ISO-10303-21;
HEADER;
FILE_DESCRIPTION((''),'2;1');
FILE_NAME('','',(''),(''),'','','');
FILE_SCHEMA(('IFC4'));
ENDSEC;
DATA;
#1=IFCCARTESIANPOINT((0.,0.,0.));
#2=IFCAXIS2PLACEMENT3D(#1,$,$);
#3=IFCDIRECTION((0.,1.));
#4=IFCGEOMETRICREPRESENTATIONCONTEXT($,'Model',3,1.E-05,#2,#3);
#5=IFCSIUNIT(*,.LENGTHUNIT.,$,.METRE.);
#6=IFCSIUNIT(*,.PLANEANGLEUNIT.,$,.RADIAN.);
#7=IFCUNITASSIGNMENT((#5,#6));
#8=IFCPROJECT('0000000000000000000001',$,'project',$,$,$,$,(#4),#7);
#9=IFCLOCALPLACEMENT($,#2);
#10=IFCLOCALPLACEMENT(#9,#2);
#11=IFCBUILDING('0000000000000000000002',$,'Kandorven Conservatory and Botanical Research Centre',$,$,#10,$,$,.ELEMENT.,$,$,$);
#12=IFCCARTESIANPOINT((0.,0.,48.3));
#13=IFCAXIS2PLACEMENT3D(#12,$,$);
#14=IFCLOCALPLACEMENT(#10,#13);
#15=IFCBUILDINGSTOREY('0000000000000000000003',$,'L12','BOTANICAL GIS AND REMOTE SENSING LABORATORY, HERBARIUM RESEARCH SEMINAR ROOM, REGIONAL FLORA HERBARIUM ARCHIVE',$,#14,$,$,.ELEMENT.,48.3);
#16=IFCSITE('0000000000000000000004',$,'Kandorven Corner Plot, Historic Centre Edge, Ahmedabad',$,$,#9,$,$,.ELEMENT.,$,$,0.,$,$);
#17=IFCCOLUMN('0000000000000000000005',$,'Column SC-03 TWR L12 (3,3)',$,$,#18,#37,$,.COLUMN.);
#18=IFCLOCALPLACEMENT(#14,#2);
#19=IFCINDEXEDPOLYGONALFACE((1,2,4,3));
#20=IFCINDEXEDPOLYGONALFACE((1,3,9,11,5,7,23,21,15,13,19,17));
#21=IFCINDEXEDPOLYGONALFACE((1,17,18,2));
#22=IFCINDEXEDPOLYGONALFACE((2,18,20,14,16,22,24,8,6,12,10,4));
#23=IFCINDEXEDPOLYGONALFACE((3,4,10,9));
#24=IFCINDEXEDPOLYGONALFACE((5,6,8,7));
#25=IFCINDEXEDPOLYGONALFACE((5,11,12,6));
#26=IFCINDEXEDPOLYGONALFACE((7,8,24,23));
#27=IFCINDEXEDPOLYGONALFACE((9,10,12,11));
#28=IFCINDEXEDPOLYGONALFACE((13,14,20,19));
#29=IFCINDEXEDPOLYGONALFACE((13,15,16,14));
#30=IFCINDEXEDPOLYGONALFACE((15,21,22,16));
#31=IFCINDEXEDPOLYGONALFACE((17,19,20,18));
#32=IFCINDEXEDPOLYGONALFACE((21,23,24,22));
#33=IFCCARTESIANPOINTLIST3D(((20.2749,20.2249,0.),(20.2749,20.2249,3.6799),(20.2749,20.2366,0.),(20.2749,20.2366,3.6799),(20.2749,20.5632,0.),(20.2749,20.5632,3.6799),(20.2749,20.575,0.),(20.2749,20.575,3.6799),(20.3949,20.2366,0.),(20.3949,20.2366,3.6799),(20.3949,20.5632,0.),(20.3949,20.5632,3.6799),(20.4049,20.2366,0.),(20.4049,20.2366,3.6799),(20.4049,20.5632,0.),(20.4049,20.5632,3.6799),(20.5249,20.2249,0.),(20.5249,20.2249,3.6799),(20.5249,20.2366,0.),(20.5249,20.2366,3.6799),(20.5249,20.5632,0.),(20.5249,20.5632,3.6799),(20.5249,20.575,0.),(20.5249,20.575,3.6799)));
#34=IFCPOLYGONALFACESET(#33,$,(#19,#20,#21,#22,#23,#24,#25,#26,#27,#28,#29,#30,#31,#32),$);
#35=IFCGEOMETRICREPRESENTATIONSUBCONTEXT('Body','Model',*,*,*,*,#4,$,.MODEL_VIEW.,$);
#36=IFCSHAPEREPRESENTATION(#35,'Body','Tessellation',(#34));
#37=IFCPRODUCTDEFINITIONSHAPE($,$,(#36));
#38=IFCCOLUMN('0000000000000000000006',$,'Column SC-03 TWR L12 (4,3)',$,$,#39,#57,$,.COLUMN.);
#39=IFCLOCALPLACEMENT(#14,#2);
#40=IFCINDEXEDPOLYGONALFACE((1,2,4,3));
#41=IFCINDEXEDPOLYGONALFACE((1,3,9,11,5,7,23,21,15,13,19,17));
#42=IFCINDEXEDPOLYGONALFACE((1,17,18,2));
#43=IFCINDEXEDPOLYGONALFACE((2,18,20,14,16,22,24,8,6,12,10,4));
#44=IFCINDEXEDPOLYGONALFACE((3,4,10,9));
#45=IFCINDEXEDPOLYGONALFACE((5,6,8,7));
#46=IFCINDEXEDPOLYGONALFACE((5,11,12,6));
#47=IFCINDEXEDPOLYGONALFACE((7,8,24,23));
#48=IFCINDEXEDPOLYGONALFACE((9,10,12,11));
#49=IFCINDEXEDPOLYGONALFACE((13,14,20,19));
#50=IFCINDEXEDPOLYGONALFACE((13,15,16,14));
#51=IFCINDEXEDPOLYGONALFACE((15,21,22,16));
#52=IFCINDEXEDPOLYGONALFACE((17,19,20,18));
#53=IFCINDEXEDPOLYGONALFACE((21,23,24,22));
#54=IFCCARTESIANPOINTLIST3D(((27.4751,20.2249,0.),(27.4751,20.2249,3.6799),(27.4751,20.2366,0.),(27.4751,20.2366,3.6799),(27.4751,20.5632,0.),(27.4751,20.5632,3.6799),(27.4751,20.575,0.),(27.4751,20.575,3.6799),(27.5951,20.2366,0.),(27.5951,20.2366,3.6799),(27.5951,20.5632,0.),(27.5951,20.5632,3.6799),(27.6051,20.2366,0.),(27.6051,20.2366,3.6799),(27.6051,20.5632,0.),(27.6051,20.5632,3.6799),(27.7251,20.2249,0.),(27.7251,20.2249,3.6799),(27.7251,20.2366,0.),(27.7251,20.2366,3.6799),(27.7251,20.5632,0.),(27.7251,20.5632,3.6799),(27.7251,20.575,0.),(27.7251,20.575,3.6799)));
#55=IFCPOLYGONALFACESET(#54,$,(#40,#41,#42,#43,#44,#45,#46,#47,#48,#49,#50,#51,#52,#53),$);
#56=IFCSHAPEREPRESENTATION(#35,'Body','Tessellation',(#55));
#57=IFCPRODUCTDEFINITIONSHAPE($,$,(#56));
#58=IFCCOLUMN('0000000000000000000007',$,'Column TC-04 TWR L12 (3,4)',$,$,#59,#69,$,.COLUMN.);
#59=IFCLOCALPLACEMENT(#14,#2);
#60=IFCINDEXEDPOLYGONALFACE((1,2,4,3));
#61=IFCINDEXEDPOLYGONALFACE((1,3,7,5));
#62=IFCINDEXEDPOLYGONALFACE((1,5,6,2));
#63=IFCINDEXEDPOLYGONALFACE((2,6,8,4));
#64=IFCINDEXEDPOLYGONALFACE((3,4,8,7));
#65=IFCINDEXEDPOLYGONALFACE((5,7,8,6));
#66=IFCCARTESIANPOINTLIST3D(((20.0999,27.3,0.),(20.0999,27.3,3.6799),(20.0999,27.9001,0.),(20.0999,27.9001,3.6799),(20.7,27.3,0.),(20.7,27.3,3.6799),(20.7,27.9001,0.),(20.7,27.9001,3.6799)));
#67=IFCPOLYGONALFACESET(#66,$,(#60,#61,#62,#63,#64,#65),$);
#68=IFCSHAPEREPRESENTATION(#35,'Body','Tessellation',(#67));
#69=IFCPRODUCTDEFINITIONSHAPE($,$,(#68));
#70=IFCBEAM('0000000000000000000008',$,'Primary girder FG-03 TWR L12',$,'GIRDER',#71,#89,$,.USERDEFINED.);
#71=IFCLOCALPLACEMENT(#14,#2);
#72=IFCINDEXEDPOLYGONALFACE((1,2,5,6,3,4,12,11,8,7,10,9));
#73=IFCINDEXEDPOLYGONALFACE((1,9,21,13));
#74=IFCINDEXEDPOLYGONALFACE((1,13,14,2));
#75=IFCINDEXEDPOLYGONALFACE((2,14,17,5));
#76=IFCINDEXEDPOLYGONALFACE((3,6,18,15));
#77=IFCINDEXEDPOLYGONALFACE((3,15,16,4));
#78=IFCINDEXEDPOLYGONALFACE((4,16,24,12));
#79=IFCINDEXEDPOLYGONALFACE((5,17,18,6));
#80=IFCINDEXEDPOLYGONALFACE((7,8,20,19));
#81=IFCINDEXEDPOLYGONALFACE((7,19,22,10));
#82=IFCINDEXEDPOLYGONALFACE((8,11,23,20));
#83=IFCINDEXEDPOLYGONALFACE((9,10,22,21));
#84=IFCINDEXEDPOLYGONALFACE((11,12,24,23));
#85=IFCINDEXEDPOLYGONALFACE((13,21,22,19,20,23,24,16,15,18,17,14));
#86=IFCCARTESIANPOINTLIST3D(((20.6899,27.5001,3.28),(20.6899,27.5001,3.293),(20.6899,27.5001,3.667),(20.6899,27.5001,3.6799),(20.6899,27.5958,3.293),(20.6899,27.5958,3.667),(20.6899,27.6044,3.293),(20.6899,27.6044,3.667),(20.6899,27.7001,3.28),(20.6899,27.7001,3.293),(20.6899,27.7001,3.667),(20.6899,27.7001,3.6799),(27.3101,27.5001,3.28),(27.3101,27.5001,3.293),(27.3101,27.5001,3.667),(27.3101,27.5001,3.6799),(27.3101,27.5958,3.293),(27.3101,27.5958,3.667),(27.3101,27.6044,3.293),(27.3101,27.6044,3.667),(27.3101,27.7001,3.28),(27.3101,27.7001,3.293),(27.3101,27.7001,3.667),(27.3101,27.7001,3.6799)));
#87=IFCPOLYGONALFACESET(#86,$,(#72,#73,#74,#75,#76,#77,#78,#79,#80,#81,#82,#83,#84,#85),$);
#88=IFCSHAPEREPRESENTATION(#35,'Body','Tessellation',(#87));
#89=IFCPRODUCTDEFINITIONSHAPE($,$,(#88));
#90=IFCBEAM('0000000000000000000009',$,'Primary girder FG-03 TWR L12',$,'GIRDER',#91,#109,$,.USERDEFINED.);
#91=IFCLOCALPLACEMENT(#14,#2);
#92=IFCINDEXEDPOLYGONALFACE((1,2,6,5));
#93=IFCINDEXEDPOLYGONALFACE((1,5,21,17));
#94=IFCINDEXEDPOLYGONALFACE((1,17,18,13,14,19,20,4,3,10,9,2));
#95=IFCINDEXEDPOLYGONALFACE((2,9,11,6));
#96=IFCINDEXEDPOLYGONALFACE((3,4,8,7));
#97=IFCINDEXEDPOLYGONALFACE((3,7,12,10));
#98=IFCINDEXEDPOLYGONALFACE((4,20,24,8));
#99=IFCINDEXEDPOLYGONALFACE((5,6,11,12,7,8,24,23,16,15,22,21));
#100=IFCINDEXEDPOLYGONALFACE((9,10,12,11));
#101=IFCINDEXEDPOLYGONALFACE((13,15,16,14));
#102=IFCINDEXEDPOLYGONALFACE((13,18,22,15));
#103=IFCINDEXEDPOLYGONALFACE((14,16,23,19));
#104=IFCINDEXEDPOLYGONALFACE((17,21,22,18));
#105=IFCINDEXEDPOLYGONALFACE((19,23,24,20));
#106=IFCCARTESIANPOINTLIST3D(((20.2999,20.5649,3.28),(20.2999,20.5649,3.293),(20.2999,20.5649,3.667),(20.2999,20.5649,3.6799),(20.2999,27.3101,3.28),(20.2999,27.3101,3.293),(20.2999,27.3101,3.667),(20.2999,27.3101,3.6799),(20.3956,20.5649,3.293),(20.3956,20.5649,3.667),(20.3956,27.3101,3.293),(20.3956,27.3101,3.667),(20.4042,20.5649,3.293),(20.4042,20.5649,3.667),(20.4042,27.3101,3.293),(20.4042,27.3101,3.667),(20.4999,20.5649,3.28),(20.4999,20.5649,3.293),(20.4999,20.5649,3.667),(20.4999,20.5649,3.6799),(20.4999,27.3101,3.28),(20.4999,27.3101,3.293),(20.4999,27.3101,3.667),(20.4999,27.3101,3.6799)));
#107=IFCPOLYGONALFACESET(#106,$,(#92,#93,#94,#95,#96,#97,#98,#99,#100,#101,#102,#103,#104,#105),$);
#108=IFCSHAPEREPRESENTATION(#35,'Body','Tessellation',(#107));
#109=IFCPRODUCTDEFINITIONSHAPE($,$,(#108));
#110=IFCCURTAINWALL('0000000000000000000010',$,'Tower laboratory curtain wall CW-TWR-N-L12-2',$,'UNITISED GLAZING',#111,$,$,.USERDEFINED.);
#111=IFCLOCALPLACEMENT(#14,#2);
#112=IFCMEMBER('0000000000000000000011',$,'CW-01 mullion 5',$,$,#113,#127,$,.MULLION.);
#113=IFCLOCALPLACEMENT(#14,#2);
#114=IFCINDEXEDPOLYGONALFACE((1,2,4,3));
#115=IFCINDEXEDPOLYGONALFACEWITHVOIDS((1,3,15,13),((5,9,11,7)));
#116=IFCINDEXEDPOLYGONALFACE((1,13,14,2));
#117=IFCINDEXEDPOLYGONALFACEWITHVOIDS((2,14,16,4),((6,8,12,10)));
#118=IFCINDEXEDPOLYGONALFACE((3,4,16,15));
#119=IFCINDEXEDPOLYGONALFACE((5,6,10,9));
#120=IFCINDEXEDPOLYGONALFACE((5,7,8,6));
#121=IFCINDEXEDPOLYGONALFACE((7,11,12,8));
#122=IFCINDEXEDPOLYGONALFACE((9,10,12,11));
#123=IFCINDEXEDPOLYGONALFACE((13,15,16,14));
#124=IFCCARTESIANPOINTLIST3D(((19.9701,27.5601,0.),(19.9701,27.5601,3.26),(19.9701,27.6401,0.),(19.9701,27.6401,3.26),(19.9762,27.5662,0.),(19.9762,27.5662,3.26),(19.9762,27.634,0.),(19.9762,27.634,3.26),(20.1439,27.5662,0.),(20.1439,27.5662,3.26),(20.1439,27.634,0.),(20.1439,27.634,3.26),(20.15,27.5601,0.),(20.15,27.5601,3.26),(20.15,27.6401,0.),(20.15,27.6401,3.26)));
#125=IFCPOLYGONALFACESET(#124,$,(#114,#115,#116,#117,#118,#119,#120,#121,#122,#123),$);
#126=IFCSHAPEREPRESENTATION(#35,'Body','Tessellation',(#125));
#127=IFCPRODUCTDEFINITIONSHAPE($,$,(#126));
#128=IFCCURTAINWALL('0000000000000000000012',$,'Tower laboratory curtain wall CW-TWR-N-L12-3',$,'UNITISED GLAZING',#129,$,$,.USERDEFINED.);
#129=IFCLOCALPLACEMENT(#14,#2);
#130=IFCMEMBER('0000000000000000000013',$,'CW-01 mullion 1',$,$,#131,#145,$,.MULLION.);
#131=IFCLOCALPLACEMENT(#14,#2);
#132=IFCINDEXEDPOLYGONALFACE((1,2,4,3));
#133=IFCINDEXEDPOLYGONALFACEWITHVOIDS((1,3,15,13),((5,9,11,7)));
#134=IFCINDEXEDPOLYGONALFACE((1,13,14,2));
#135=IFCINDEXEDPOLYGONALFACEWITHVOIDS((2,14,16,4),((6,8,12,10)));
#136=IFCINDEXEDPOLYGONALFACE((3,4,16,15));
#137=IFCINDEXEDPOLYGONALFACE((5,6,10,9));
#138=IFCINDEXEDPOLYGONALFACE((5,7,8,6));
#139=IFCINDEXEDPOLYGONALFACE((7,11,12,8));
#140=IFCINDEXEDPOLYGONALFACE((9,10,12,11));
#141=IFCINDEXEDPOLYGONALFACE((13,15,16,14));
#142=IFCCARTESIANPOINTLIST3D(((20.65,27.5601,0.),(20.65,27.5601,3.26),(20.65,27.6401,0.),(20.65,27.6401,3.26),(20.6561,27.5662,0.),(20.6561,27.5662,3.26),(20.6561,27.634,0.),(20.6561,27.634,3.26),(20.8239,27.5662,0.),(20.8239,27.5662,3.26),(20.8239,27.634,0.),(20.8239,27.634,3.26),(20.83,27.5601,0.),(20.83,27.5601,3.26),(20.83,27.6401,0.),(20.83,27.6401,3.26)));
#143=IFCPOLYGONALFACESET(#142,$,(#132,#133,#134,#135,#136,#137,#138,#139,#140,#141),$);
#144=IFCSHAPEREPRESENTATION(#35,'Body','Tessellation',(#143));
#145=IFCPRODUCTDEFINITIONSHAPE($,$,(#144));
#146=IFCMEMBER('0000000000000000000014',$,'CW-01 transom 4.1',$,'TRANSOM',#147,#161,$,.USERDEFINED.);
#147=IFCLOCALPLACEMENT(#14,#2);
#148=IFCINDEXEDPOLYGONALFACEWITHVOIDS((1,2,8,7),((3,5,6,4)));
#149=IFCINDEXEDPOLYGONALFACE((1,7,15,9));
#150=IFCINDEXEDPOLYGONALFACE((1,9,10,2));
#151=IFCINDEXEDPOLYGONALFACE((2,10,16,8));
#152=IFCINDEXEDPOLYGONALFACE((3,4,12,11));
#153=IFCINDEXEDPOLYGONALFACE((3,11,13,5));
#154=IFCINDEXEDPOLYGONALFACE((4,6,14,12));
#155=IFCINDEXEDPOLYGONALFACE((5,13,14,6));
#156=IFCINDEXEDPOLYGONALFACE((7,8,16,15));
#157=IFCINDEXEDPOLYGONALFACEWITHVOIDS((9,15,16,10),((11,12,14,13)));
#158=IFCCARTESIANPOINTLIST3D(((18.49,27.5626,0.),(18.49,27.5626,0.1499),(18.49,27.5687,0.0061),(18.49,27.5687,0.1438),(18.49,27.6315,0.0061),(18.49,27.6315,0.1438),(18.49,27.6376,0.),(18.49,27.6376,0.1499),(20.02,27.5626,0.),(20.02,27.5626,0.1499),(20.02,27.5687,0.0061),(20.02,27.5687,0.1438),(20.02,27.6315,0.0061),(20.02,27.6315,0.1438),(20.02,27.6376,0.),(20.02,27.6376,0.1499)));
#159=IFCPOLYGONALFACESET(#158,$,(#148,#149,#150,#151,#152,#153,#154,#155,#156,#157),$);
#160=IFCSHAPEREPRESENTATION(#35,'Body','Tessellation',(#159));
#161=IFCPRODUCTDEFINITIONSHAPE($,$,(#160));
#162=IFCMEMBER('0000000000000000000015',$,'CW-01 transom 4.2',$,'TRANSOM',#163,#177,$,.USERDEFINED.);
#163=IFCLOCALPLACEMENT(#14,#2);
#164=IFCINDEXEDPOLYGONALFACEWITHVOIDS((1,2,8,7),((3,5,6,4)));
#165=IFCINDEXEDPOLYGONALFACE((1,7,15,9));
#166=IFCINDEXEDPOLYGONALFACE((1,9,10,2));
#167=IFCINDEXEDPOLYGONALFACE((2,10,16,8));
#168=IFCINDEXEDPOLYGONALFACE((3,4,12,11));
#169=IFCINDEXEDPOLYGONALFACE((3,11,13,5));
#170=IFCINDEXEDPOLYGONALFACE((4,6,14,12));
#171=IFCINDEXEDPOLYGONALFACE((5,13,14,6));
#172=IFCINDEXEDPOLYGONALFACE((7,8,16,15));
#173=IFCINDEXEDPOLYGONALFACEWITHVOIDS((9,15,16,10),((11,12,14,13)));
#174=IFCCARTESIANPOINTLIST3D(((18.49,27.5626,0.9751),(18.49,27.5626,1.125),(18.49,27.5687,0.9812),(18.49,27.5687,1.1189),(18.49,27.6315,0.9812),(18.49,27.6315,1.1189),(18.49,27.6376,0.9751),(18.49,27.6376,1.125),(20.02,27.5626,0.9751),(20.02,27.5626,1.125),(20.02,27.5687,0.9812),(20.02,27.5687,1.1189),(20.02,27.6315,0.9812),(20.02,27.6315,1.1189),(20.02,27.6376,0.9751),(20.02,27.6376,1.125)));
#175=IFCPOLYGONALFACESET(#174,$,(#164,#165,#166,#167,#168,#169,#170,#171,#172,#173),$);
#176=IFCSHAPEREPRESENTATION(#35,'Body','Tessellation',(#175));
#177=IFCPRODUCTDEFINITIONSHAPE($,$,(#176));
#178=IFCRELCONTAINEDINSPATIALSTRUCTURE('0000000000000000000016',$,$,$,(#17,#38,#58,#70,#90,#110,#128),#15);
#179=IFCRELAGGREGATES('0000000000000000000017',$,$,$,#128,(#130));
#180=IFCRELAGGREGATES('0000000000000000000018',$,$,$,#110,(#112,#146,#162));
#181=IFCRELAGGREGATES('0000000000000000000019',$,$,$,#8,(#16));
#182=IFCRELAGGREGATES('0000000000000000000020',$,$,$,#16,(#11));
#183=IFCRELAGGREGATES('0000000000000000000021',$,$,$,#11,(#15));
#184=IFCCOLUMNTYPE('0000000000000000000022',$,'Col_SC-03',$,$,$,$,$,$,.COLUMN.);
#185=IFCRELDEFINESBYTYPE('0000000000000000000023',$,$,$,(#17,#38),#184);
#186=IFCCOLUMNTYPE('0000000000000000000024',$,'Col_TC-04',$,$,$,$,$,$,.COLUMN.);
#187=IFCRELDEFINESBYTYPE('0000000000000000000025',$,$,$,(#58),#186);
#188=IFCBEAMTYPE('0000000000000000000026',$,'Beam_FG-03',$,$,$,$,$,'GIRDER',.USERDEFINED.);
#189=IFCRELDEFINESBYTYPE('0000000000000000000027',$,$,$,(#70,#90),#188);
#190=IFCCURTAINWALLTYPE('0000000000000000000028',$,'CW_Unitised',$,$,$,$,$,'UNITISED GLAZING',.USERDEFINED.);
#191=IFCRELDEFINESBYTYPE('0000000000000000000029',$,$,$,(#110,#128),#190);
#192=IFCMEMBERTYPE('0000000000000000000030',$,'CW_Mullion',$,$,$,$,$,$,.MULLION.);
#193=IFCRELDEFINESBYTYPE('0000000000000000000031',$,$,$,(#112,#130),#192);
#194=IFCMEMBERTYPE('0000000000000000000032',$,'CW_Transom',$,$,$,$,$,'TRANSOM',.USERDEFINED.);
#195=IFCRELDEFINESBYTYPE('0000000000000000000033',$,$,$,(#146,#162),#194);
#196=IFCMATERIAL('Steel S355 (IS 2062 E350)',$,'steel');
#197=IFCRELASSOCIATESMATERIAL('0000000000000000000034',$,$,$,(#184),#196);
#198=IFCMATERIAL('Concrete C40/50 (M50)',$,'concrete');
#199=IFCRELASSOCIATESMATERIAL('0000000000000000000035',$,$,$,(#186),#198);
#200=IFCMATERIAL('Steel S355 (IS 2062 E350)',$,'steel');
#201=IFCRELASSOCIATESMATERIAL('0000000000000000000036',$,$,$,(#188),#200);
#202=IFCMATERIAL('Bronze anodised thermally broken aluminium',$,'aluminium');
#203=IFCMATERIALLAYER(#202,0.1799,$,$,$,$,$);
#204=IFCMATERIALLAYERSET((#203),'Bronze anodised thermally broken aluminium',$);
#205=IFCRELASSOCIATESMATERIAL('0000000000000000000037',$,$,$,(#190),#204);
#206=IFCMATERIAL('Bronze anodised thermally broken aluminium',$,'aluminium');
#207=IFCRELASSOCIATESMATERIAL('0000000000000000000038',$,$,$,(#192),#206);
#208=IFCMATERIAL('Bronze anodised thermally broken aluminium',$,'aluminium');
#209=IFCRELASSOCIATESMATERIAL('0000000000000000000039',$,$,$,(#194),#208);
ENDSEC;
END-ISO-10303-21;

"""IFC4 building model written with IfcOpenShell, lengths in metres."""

from ifc_helpers import new_model, si_unit, direction, frame, origin, origin_2d, place, context, subcontext, project, spatial, rectangle, hollow_rectangle, i_section, extrude, material, layer, layer_set, material_profile, profile_set, type_object, element, aggregate, save


model = new_model("IFC4")

# Units and contexts
model_context = context("Model", 3, precision=1e-05, world=origin(), true_north=direction((0.0, 1.0)))
body_context = subcontext(model_context, "Body", "Model", "MODEL_VIEW")
ifc_project = project(units=[si_unit("LENGTHUNIT", "METRE"), si_unit("PLANEANGLEUNIT", "RADIAN")], contexts=[model_context])

# Site, building, storey
site_placement = place(None, origin())
site = spatial("IfcSite", under=ifc_project, at=site_placement, Name="Kandorven Corner Plot, Historic Centre Edge, Ahmedabad", CompositionType="ELEMENT", RefElevation=0.0)
building_placement = place(site_placement, origin())
building = spatial("IfcBuilding", under=site, at=building_placement, Name="Kandorven Conservatory and Botanical Research Centre", CompositionType="ELEMENT")
storey_placement = place(building_placement, frame((0.0, 0.0, 48.3)))
storey = spatial("IfcBuildingStorey", under=building, at=storey_placement, Name="L12", Description="BOTANICAL GIS AND REMOTE SENSING LABORATORY, HERBARIUM RESEARCH SEMINAR ROOM, REGIONAL FLORA HERBARIUM ARCHIVE", CompositionType="ELEMENT", Elevation=48.3)

# Columns
ifc_material_1 = material(Name="Steel S355 (IS 2062 E350)", Category="steel")
ifc_material_profile_1 = material_profile(ifc_material_1, i_section(OverallWidth=0.25, OverallDepth=0.3501, WebThickness=0.01, FlangeThickness=0.0117, at=origin_2d()))
ifc_profile_set_1 = profile_set([ifc_material_profile_1], Name="Steel S355 (IS 2062 E350)")
column_type_1 = type_object("IfcColumnType", Name="Col_SC-03", PredefinedType="COLUMN", material=ifc_profile_set_1)
for number, where, z_axis, x_axis, name in (
    (1, (20.3999, 20.3999, 0.0), (0.0, 0.0, 1.0), (1.0, 0.0, 0.0), "Column SC-03 TWR L12 (3,3)"),
    (2, (27.6001, 20.3999, 0.0), (0.0, 0.0, 1.0), (1.0, 0.0, 0.0), "Column SC-03 TWR L12 (4,3)"),
):
    element("IfcColumn", number, at=place(storey_placement, frame(where, z_axis=z_axis, x_axis=x_axis)), inside=storey, type_object=column_type_1, Name=name, PredefinedType="COLUMN", context=body_context, shape_type="SweptSolid", body=[
        extrude(i_section(OverallWidth=0.25, OverallDepth=0.3501, WebThickness=0.01, FlangeThickness=0.0117, at=origin_2d()), origin(), (0.0, 0.0, 1.0), 3.6799),
    ])
ifc_material_2 = material(Name="Concrete C40/50 (M50)", Category="concrete")
ifc_material_profile_2 = material_profile(ifc_material_2, rectangle(XDim=0.6001, YDim=0.6001, at=origin_2d()))
ifc_profile_set_2 = profile_set([ifc_material_profile_2], Name="Concrete C40/50 (M50)")
column_type_2 = type_object("IfcColumnType", Name="Col_TC-04", PredefinedType="COLUMN", material=ifc_profile_set_2)
column_placement = place(storey_placement, frame((20.3999, 27.6001, 0.0), z_axis=(0.0, 0.0, 1.0), x_axis=(1.0, 0.0, 0.0)))
element("IfcColumn", 3, at=column_placement, inside=storey, type_object=column_type_2, Name="Column TC-04 TWR L12 (3,4)", PredefinedType="COLUMN", context=body_context, shape_type="SweptSolid", body=[
    extrude(rectangle(XDim=0.6001, YDim=0.6001, at=origin_2d()), origin(), (0.0, 0.0, 1.0), 3.6799),
])

# Beams
ifc_material_3 = material(Name="Steel S355 (IS 2062 E350)", Category="steel")
ifc_material_profile_3 = material_profile(ifc_material_3, i_section(OverallWidth=0.2, OverallDepth=0.3999, WebThickness=0.0085, FlangeThickness=0.0129, at=origin_2d()))
ifc_profile_set_3 = profile_set([ifc_material_profile_3], Name="Steel S355 (IS 2062 E350)")
beam_type = type_object("IfcBeamType", Name="Beam_FG-03", ElementType="GIRDER", PredefinedType="USERDEFINED", material=ifc_profile_set_3)
beam_1_placement = place(storey_placement, frame((20.6899, 27.6001, 3.48), z_axis=(1.0, 0.0, 0.0), x_axis=(0.0, 1.0, 0.0)))
element("IfcBeam", 4, at=beam_1_placement, inside=storey, type_object=beam_type, Name="Primary girder FG-03 TWR L12", ObjectType="GIRDER", PredefinedType="USERDEFINED", context=body_context, shape_type="SweptSolid", body=[
    extrude(i_section(OverallWidth=0.2, OverallDepth=0.3999, WebThickness=0.0085, FlangeThickness=0.0129, at=origin_2d()), origin(), (0.0, 0.0, 1.0), 6.6201),
])
beam_2_placement = place(storey_placement, frame((20.3999, 20.5649, 3.48), z_axis=(0.0, 1.0, 0.0), x_axis=(-1.0, 0.0, 0.0)))
element("IfcBeam", 5, at=beam_2_placement, inside=storey, type_object=beam_type, Name="Primary girder FG-03 TWR L12", ObjectType="GIRDER", PredefinedType="USERDEFINED", context=body_context, shape_type="SweptSolid", body=[
    extrude(i_section(OverallWidth=0.2, OverallDepth=0.3999, WebThickness=0.0085, FlangeThickness=0.0129, at=origin_2d()), origin(), (0.0, 0.0, 1.0), 6.7451),
])

# Curtain walls, members
ifc_material_4 = material(Name="Bronze anodised thermally broken aluminium", Category="aluminium")
ifc_layer_1 = layer(ifc_material_4, 0.1799)
ifc_layer_set_1 = layer_set([ifc_layer_1], Name="Bronze anodised thermally broken aluminium")
curtain_wall_type = type_object("IfcCurtainWallType", Name="CW_Unitised", ElementType="UNITISED GLAZING", PredefinedType="USERDEFINED", material=ifc_layer_set_1)
curtain_wall_1_placement = place(storey_placement, origin())
curtain_wall_1 = element("IfcCurtainWall", 6, at=curtain_wall_1_placement, inside=storey, type_object=curtain_wall_type, Name="Tower laboratory curtain wall CW-TWR-N-L12-2", ObjectType="UNITISED GLAZING", PredefinedType="USERDEFINED")
ifc_material_5 = material(Name="Bronze anodised thermally broken aluminium", Category="aluminium")
ifc_material_profile_4 = material_profile(ifc_material_5, hollow_rectangle(XDim=0.0801, YDim=0.1799, WallThickness=0.0061, at=origin_2d()))
ifc_profile_set_4 = profile_set([ifc_material_profile_4], Name="Bronze anodised thermally broken aluminium")
member_type_1 = type_object("IfcMemberType", Name="CW_Mullion", PredefinedType="MULLION", material=ifc_profile_set_4)
member_1_placement = place(storey_placement, frame((20.0601, 27.6001, 0.0), z_axis=(0.0, 0.0, 1.0), x_axis=(0.0, 1.0, 0.0)))
member_1 = element("IfcMember", 7, at=member_1_placement, type_object=member_type_1, Name="CW-01 mullion 5", PredefinedType="MULLION", context=body_context, shape_type="SweptSolid", body=[
    extrude(hollow_rectangle(XDim=0.0801, YDim=0.1799, WallThickness=0.0061, at=origin_2d()), origin(), (0.0, 0.0, 1.0), 3.26),
])
curtain_wall_2_placement = place(storey_placement, origin())
curtain_wall_2 = element("IfcCurtainWall", 8, at=curtain_wall_2_placement, inside=storey, type_object=curtain_wall_type, Name="Tower laboratory curtain wall CW-TWR-N-L12-3", ObjectType="UNITISED GLAZING", PredefinedType="USERDEFINED")
member_2_placement = place(storey_placement, frame((20.74, 27.6001, 0.0), z_axis=(0.0, 0.0, 1.0), x_axis=(0.0, 1.0, 0.0)))
member_2 = element("IfcMember", 9, at=member_2_placement, type_object=member_type_1, Name="CW-01 mullion 1", PredefinedType="MULLION", context=body_context, shape_type="SweptSolid", body=[
    extrude(hollow_rectangle(XDim=0.0801, YDim=0.1799, WallThickness=0.0061, at=origin_2d()), origin(), (0.0, 0.0, 1.0), 3.26),
])

# Members
ifc_material_6 = material(Name="Bronze anodised thermally broken aluminium", Category="aluminium")
ifc_material_profile_5 = material_profile(ifc_material_6, hollow_rectangle(XDim=0.075, YDim=0.1499, WallThickness=0.0061, at=origin_2d()))
ifc_profile_set_5 = profile_set([ifc_material_profile_5], Name="Bronze anodised thermally broken aluminium")
member_type_2 = type_object("IfcMemberType", Name="CW_Transom", ElementType="TRANSOM", PredefinedType="USERDEFINED", material=ifc_profile_set_5)
member_3_placement = place(storey_placement, frame((18.49, 27.6001, 0.075), z_axis=(1.0, 0.0, 0.0), x_axis=(0.0, 1.0, 0.0)))
member_3 = element("IfcMember", 10, at=member_3_placement, type_object=member_type_2, Name="CW-01 transom 4.1", ObjectType="TRANSOM", PredefinedType="USERDEFINED", context=body_context, shape_type="SweptSolid", body=[
    extrude(hollow_rectangle(XDim=0.075, YDim=0.1499, WallThickness=0.0061, at=origin_2d()), origin(), (0.0, 0.0, 1.0), 1.53),
])
member_4_placement = place(storey_placement, frame((18.49, 27.6001, 1.05), z_axis=(1.0, 0.0, 0.0), x_axis=(0.0, 1.0, 0.0)))
member_4 = element("IfcMember", 11, at=member_4_placement, type_object=member_type_2, Name="CW-01 transom 4.2", ObjectType="TRANSOM", PredefinedType="USERDEFINED", context=body_context, shape_type="SweptSolid", body=[
    extrude(hollow_rectangle(XDim=0.075, YDim=0.1499, WallThickness=0.0061, at=origin_2d()), origin(), (0.0, 0.0, 1.0), 1.53),
])
aggregate(curtain_wall_2, [member_2])

aggregate(curtain_wall_1, [member_1, member_3, member_4])

save(model, "model.ifc")
